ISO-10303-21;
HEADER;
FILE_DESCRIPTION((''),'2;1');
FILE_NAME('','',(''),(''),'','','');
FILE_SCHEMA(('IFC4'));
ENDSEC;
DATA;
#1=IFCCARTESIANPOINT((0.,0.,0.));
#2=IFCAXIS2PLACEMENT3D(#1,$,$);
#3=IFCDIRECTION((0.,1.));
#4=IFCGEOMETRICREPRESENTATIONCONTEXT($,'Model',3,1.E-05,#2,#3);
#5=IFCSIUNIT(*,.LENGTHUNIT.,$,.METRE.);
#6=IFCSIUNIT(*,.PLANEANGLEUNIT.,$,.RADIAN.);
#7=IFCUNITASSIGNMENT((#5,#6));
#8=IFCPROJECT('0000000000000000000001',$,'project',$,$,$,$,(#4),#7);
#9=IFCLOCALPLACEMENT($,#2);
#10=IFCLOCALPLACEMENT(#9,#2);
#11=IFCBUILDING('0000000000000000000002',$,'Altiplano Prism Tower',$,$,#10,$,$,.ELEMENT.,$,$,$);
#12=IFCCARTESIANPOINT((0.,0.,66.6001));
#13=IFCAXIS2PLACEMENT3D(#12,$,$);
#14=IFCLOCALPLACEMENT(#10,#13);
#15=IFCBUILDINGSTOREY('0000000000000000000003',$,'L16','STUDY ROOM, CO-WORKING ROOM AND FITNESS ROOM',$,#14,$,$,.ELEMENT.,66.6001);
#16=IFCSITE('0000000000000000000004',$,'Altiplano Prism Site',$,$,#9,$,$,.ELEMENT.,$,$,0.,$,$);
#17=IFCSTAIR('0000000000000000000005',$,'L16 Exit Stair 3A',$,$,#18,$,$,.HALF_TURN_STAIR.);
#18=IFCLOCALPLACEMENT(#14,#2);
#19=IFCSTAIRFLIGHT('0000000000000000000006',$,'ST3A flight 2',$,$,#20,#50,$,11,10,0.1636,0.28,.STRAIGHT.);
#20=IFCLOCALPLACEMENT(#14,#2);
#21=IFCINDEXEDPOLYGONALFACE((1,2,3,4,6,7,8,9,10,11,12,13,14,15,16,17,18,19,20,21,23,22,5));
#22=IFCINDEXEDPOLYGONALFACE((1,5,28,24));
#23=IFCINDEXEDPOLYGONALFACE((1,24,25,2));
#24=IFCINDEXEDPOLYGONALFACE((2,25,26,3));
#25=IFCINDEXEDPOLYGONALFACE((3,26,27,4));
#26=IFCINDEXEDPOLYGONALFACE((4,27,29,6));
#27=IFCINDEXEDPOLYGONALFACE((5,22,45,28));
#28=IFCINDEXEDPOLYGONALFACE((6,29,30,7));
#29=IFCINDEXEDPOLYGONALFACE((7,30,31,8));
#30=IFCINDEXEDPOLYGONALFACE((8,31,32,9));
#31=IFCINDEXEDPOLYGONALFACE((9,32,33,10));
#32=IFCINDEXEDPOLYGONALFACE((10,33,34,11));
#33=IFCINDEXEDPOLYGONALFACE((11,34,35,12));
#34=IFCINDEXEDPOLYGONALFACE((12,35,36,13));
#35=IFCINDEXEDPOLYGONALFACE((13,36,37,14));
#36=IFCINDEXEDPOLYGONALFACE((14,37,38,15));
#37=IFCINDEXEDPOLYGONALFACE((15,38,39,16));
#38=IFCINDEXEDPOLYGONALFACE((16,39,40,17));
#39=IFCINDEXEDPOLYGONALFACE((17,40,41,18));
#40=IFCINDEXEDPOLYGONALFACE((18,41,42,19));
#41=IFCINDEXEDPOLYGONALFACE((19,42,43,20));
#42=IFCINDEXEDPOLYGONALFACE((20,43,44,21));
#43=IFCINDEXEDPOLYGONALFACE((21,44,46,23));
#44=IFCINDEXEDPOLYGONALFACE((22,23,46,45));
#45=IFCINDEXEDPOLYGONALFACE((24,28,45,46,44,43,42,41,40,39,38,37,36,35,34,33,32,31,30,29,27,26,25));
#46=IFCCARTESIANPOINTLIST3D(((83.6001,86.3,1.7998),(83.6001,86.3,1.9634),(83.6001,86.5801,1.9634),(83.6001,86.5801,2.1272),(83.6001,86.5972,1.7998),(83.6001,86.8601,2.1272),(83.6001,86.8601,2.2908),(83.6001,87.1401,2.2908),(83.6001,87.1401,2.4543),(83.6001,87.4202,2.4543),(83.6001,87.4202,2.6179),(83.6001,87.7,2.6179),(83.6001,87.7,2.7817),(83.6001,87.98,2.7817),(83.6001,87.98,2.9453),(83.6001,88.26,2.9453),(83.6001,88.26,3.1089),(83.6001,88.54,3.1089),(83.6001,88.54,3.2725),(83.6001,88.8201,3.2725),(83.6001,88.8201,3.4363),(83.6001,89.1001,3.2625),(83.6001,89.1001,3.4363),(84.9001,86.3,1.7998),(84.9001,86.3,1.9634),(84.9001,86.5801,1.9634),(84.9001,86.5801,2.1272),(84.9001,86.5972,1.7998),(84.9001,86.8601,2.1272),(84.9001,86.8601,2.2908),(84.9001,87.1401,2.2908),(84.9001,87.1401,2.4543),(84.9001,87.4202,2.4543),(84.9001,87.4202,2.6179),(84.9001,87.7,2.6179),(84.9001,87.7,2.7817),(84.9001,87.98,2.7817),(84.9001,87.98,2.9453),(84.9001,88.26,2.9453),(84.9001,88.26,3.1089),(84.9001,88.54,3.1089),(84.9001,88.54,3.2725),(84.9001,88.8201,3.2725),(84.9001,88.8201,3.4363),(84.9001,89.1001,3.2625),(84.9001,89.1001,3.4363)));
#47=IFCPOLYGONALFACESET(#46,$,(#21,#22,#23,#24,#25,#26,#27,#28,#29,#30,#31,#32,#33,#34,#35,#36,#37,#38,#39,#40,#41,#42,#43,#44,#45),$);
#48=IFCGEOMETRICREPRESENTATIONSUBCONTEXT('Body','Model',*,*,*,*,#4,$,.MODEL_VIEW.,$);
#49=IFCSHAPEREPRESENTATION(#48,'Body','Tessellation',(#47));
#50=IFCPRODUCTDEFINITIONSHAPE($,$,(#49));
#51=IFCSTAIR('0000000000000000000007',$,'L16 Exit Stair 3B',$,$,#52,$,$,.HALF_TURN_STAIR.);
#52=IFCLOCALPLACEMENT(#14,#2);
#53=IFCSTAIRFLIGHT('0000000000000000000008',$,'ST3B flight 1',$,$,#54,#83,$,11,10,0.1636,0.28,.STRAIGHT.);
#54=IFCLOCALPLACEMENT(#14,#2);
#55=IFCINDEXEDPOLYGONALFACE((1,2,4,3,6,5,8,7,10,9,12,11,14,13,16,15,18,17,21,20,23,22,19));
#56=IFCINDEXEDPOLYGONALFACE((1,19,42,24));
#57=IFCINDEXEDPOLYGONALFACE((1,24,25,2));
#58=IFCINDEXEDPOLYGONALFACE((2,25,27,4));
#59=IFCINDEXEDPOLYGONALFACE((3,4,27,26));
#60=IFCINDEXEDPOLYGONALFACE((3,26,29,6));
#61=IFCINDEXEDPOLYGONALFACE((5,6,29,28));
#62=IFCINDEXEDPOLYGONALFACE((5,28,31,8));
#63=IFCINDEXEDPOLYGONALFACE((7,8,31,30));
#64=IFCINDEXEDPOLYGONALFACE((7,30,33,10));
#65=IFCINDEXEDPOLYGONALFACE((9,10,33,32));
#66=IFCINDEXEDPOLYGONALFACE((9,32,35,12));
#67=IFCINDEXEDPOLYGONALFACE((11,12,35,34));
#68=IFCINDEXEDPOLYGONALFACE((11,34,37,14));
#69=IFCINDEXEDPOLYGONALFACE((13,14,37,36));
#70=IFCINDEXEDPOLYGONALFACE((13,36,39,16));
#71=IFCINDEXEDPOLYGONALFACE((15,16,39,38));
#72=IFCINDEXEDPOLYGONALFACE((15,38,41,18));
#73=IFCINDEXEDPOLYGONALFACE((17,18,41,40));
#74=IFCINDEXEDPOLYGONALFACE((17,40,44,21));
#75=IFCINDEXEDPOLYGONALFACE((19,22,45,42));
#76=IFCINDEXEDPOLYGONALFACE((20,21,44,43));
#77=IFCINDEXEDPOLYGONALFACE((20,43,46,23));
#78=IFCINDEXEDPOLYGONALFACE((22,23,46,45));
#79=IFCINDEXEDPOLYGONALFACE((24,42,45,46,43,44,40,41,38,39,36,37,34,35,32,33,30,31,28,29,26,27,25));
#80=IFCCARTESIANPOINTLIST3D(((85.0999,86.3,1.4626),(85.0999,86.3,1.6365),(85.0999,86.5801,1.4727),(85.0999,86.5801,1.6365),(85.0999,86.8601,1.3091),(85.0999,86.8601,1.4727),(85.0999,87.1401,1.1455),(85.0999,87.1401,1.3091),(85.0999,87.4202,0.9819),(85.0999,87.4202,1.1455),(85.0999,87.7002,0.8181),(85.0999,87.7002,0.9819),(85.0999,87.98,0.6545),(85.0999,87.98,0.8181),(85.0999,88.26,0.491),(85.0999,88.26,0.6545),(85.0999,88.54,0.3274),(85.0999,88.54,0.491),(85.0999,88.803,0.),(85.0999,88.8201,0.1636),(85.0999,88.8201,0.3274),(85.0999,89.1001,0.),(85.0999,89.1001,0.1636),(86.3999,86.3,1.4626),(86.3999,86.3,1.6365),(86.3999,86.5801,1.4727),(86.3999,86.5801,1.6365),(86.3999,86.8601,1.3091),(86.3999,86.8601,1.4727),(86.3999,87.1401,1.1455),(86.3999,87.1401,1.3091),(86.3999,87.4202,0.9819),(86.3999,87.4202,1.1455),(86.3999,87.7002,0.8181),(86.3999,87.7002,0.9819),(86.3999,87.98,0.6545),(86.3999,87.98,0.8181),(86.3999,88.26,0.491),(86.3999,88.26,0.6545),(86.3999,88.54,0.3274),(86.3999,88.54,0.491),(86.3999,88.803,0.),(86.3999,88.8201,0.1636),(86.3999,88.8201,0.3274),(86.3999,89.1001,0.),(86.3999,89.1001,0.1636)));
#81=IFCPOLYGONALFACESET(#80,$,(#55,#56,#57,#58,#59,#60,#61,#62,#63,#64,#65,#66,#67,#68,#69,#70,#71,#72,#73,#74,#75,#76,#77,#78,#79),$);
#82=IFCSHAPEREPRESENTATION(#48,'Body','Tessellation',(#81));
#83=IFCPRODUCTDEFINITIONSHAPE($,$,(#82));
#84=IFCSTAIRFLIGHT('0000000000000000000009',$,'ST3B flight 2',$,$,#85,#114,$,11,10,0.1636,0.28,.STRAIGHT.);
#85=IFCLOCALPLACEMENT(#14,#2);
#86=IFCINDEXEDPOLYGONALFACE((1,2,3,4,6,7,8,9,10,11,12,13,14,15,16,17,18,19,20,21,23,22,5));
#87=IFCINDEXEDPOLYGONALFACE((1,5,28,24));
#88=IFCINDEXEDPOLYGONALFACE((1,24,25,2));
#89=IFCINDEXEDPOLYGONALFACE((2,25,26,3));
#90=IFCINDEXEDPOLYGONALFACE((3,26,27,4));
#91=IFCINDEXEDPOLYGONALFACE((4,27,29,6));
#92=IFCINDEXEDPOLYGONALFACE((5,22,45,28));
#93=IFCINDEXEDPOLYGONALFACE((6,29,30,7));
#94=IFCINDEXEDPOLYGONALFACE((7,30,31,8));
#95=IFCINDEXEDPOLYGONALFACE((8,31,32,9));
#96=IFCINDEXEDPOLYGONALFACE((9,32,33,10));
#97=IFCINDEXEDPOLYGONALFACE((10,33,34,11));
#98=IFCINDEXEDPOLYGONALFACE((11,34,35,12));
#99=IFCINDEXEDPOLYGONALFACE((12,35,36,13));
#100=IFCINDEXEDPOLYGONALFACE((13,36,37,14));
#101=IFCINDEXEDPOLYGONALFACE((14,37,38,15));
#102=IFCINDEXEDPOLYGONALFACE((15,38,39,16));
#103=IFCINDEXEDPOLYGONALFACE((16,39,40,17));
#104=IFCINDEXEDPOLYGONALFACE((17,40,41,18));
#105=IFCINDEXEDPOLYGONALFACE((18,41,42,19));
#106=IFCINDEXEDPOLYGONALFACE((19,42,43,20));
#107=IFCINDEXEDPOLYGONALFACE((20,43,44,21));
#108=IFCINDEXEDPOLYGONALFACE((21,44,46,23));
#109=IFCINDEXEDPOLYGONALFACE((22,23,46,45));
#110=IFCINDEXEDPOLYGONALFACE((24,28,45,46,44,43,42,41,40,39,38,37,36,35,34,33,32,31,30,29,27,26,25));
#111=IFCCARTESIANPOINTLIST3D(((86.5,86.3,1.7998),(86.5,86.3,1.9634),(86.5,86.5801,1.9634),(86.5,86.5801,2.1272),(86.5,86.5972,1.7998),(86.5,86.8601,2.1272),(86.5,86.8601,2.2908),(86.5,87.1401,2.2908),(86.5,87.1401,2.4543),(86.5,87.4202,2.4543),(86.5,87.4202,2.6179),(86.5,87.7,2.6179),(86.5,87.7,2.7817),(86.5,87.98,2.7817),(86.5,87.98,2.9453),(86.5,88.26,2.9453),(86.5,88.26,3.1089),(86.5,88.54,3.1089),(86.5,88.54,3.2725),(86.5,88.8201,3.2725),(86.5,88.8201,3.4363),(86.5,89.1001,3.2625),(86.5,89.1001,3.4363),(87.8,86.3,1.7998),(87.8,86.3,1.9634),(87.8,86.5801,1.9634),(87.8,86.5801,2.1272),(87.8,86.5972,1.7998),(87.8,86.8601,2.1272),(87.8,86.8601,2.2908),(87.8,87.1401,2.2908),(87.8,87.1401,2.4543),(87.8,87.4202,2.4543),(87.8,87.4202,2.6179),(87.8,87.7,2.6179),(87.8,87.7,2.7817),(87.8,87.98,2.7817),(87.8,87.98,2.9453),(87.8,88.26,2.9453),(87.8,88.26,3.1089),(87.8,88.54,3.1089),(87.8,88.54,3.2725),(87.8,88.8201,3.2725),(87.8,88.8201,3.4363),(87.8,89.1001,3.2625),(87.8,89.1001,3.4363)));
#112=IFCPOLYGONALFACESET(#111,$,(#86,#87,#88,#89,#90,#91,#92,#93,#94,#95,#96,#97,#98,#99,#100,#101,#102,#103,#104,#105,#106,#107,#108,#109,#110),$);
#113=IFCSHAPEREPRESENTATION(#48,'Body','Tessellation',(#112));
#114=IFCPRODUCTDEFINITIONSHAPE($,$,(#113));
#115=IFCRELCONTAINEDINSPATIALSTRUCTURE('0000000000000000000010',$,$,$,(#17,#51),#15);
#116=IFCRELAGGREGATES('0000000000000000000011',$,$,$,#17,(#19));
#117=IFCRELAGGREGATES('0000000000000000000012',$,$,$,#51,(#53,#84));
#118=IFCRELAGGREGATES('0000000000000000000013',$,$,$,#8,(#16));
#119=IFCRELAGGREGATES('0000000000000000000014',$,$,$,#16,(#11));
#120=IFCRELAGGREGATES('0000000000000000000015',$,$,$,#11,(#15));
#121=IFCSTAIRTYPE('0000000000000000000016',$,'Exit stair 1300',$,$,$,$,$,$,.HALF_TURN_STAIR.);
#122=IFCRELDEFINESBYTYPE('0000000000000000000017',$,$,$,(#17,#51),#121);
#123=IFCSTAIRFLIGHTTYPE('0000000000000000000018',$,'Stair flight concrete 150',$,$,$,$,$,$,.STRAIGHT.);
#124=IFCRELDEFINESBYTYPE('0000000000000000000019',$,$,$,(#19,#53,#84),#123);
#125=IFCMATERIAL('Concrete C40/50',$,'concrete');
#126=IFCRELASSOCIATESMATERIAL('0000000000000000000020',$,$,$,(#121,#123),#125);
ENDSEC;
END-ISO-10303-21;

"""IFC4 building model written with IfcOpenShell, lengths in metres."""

from ifc_helpers import new_model, si_unit, direction, frame, origin, place, context, subcontext, project, spatial, polyline, outline, extrude, material, type_object, element, aggregate, save


model = new_model("IFC4")

# Units and contexts
model_context = context("Model", 3, precision=1e-05, world=origin(), true_north=direction((0.0, 1.0)))
body_context = subcontext(model_context, "Body", "Model", "MODEL_VIEW")
ifc_project = project(units=[si_unit("LENGTHUNIT", "METRE"), si_unit("PLANEANGLEUNIT", "RADIAN")], contexts=[model_context])

# Site, building, storey
site_placement = place(None, origin())
site = spatial("IfcSite", under=ifc_project, at=site_placement, Name="Altiplano Prism Site", CompositionType="ELEMENT", RefElevation=0.0)
building_placement = place(site_placement, origin())
building = spatial("IfcBuilding", under=site, at=building_placement, Name="Altiplano Prism Tower", CompositionType="ELEMENT")
storey_placement = place(building_placement, frame((0.0, 0.0, 66.6001)))
storey = spatial("IfcBuildingStorey", under=building, at=storey_placement, Name="L16", Description="STUDY ROOM, CO-WORKING ROOM AND FITNESS ROOM", CompositionType="ELEMENT", Elevation=66.6001)

# Stair, stair flight
ifc_material_1 = material(Name="Concrete C40/50", Category="concrete")
stair_type = type_object("IfcStairType", Name="Exit stair 1300", PredefinedType="HALF_TURN_STAIR", material=ifc_material_1)
stair_1_placement = place(storey_placement, origin())
stair_1 = element("IfcStair", 1, at=stair_1_placement, inside=storey, type_object=stair_type, Name="L16 Exit Stair 3A", PredefinedType="HALF_TURN_STAIR")
stair_flight_type = type_object("IfcStairFlightType", Name="Stair flight concrete 150", PredefinedType="STRAIGHT", material=ifc_material_1)
stair_flight_1_placement = place(storey_placement, frame((84.25, 86.3, 1.7998), z_axis=(0.0, 0.0, 1.0), x_axis=(0.0, 1.0, 0.0)))
stair_flight_1 = element("IfcStairFlight", 2, at=stair_flight_1_placement, type_object=stair_flight_type, Name="ST3A flight 2", NumberOfRisers=11, NumberOfTreads=10, PredefinedType="STRAIGHT", RiserHeight=0.1636, TreadLength=0.28, context=body_context, shape_type="SweptSolid", body=[
    extrude(outline(polyline([(0.0, 0.0), (0.0, 0.1636), (0.28, 0.1636), (0.28, 0.3274), (0.5601, 0.3274), (0.5601, 0.491), (0.8401, 0.491), (0.8401, 0.6545), (1.1201, 0.6545), (1.1201, 0.8181), (1.3999, 0.8181), (1.3999, 0.9819), (1.6799, 0.9819), (1.6799, 1.1455), (1.96, 1.1455), (1.96, 1.3091), (2.24, 1.3091), (2.24, 1.4727), (2.52, 1.4727), (2.52, 1.6365), (2.8, 1.6365), (2.8, 1.8), (2.8, 1.4626), (0.2971, 0.0), (0.0, 0.0)])), frame((0.0, 0.6499, 0.0), z_axis=(0.0, -1.0, 0.0), x_axis=(1.0, 0.0, 0.0)), (0.0, 0.0, 1.0), 1.3),
])
aggregate(stair_1, [stair_flight_1])

# Stair, stair flights
stair_2_placement = place(storey_placement, origin())
stair_2 = element("IfcStair", 3, at=stair_2_placement, inside=storey, type_object=stair_type, Name="L16 Exit Stair 3B", PredefinedType="HALF_TURN_STAIR")
stair_flight_2_placement = place(storey_placement, frame((85.75, 89.1001, 0.0), z_axis=(0.0, 0.0, 1.0), x_axis=(0.0, -1.0, 0.0)))
stair_flight_2 = element("IfcStairFlight", 4, at=stair_flight_2_placement, type_object=stair_flight_type, Name="ST3B flight 1", NumberOfRisers=11, NumberOfTreads=10, PredefinedType="STRAIGHT", RiserHeight=0.1636, TreadLength=0.28, context=body_context, shape_type="SweptSolid", body=[
    extrude(outline(polyline([(0.0, 0.0), (0.0, 0.1636), (0.28, 0.1636), (0.28, 0.3274), (0.5601, 0.3274), (0.5601, 0.491), (0.8401, 0.491), (0.8401, 0.6545), (1.1201, 0.6545), (1.1201, 0.8181), (1.3999, 0.8181), (1.3999, 0.9819), (1.6799, 0.9819), (1.6799, 1.1455), (1.96, 1.1455), (1.96, 1.3091), (2.24, 1.3091), (2.24, 1.4727), (2.52, 1.4727), (2.52, 1.6365), (2.8, 1.6365), (2.8, 1.8), (2.8, 1.4626), (0.2971, 0.0), (0.0, 0.0)])), frame((0.0, 0.6499, 0.0), z_axis=(0.0, -1.0, 0.0), x_axis=(1.0, 0.0, 0.0)), (0.0, 0.0, 1.0), 1.3),
])
stair_flight_3_placement = place(storey_placement, frame((87.1499, 86.3, 1.7998), z_axis=(0.0, 0.0, 1.0), x_axis=(0.0, 1.0, 0.0)))
stair_flight_3 = element("IfcStairFlight", 5, at=stair_flight_3_placement, type_object=stair_flight_type, Name="ST3B flight 2", NumberOfRisers=11, NumberOfTreads=10, PredefinedType="STRAIGHT", RiserHeight=0.1636, TreadLength=0.28, context=body_context, shape_type="SweptSolid", body=[
    extrude(outline(polyline([(0.0, 0.0), (0.0, 0.1636), (0.28, 0.1636), (0.28, 0.3274), (0.5601, 0.3274), (0.5601, 0.491), (0.8401, 0.491), (0.8401, 0.6545), (1.1201, 0.6545), (1.1201, 0.8181), (1.3999, 0.8181), (1.3999, 0.9819), (1.6799, 0.9819), (1.6799, 1.1455), (1.96, 1.1455), (1.96, 1.3091), (2.24, 1.3091), (2.24, 1.4727), (2.52, 1.4727), (2.52, 1.6365), (2.8, 1.6365), (2.8, 1.8), (2.8, 1.4626), (0.2971, 0.0), (0.0, 0.0)])), frame((0.0, 0.6499, 0.0), z_axis=(0.0, -1.0, 0.0), x_axis=(1.0, 0.0, 0.0)), (0.0, 0.0, 1.0), 1.3),
])
aggregate(stair_2, [stair_flight_2, stair_flight_3])

save(model, "model.ifc")
